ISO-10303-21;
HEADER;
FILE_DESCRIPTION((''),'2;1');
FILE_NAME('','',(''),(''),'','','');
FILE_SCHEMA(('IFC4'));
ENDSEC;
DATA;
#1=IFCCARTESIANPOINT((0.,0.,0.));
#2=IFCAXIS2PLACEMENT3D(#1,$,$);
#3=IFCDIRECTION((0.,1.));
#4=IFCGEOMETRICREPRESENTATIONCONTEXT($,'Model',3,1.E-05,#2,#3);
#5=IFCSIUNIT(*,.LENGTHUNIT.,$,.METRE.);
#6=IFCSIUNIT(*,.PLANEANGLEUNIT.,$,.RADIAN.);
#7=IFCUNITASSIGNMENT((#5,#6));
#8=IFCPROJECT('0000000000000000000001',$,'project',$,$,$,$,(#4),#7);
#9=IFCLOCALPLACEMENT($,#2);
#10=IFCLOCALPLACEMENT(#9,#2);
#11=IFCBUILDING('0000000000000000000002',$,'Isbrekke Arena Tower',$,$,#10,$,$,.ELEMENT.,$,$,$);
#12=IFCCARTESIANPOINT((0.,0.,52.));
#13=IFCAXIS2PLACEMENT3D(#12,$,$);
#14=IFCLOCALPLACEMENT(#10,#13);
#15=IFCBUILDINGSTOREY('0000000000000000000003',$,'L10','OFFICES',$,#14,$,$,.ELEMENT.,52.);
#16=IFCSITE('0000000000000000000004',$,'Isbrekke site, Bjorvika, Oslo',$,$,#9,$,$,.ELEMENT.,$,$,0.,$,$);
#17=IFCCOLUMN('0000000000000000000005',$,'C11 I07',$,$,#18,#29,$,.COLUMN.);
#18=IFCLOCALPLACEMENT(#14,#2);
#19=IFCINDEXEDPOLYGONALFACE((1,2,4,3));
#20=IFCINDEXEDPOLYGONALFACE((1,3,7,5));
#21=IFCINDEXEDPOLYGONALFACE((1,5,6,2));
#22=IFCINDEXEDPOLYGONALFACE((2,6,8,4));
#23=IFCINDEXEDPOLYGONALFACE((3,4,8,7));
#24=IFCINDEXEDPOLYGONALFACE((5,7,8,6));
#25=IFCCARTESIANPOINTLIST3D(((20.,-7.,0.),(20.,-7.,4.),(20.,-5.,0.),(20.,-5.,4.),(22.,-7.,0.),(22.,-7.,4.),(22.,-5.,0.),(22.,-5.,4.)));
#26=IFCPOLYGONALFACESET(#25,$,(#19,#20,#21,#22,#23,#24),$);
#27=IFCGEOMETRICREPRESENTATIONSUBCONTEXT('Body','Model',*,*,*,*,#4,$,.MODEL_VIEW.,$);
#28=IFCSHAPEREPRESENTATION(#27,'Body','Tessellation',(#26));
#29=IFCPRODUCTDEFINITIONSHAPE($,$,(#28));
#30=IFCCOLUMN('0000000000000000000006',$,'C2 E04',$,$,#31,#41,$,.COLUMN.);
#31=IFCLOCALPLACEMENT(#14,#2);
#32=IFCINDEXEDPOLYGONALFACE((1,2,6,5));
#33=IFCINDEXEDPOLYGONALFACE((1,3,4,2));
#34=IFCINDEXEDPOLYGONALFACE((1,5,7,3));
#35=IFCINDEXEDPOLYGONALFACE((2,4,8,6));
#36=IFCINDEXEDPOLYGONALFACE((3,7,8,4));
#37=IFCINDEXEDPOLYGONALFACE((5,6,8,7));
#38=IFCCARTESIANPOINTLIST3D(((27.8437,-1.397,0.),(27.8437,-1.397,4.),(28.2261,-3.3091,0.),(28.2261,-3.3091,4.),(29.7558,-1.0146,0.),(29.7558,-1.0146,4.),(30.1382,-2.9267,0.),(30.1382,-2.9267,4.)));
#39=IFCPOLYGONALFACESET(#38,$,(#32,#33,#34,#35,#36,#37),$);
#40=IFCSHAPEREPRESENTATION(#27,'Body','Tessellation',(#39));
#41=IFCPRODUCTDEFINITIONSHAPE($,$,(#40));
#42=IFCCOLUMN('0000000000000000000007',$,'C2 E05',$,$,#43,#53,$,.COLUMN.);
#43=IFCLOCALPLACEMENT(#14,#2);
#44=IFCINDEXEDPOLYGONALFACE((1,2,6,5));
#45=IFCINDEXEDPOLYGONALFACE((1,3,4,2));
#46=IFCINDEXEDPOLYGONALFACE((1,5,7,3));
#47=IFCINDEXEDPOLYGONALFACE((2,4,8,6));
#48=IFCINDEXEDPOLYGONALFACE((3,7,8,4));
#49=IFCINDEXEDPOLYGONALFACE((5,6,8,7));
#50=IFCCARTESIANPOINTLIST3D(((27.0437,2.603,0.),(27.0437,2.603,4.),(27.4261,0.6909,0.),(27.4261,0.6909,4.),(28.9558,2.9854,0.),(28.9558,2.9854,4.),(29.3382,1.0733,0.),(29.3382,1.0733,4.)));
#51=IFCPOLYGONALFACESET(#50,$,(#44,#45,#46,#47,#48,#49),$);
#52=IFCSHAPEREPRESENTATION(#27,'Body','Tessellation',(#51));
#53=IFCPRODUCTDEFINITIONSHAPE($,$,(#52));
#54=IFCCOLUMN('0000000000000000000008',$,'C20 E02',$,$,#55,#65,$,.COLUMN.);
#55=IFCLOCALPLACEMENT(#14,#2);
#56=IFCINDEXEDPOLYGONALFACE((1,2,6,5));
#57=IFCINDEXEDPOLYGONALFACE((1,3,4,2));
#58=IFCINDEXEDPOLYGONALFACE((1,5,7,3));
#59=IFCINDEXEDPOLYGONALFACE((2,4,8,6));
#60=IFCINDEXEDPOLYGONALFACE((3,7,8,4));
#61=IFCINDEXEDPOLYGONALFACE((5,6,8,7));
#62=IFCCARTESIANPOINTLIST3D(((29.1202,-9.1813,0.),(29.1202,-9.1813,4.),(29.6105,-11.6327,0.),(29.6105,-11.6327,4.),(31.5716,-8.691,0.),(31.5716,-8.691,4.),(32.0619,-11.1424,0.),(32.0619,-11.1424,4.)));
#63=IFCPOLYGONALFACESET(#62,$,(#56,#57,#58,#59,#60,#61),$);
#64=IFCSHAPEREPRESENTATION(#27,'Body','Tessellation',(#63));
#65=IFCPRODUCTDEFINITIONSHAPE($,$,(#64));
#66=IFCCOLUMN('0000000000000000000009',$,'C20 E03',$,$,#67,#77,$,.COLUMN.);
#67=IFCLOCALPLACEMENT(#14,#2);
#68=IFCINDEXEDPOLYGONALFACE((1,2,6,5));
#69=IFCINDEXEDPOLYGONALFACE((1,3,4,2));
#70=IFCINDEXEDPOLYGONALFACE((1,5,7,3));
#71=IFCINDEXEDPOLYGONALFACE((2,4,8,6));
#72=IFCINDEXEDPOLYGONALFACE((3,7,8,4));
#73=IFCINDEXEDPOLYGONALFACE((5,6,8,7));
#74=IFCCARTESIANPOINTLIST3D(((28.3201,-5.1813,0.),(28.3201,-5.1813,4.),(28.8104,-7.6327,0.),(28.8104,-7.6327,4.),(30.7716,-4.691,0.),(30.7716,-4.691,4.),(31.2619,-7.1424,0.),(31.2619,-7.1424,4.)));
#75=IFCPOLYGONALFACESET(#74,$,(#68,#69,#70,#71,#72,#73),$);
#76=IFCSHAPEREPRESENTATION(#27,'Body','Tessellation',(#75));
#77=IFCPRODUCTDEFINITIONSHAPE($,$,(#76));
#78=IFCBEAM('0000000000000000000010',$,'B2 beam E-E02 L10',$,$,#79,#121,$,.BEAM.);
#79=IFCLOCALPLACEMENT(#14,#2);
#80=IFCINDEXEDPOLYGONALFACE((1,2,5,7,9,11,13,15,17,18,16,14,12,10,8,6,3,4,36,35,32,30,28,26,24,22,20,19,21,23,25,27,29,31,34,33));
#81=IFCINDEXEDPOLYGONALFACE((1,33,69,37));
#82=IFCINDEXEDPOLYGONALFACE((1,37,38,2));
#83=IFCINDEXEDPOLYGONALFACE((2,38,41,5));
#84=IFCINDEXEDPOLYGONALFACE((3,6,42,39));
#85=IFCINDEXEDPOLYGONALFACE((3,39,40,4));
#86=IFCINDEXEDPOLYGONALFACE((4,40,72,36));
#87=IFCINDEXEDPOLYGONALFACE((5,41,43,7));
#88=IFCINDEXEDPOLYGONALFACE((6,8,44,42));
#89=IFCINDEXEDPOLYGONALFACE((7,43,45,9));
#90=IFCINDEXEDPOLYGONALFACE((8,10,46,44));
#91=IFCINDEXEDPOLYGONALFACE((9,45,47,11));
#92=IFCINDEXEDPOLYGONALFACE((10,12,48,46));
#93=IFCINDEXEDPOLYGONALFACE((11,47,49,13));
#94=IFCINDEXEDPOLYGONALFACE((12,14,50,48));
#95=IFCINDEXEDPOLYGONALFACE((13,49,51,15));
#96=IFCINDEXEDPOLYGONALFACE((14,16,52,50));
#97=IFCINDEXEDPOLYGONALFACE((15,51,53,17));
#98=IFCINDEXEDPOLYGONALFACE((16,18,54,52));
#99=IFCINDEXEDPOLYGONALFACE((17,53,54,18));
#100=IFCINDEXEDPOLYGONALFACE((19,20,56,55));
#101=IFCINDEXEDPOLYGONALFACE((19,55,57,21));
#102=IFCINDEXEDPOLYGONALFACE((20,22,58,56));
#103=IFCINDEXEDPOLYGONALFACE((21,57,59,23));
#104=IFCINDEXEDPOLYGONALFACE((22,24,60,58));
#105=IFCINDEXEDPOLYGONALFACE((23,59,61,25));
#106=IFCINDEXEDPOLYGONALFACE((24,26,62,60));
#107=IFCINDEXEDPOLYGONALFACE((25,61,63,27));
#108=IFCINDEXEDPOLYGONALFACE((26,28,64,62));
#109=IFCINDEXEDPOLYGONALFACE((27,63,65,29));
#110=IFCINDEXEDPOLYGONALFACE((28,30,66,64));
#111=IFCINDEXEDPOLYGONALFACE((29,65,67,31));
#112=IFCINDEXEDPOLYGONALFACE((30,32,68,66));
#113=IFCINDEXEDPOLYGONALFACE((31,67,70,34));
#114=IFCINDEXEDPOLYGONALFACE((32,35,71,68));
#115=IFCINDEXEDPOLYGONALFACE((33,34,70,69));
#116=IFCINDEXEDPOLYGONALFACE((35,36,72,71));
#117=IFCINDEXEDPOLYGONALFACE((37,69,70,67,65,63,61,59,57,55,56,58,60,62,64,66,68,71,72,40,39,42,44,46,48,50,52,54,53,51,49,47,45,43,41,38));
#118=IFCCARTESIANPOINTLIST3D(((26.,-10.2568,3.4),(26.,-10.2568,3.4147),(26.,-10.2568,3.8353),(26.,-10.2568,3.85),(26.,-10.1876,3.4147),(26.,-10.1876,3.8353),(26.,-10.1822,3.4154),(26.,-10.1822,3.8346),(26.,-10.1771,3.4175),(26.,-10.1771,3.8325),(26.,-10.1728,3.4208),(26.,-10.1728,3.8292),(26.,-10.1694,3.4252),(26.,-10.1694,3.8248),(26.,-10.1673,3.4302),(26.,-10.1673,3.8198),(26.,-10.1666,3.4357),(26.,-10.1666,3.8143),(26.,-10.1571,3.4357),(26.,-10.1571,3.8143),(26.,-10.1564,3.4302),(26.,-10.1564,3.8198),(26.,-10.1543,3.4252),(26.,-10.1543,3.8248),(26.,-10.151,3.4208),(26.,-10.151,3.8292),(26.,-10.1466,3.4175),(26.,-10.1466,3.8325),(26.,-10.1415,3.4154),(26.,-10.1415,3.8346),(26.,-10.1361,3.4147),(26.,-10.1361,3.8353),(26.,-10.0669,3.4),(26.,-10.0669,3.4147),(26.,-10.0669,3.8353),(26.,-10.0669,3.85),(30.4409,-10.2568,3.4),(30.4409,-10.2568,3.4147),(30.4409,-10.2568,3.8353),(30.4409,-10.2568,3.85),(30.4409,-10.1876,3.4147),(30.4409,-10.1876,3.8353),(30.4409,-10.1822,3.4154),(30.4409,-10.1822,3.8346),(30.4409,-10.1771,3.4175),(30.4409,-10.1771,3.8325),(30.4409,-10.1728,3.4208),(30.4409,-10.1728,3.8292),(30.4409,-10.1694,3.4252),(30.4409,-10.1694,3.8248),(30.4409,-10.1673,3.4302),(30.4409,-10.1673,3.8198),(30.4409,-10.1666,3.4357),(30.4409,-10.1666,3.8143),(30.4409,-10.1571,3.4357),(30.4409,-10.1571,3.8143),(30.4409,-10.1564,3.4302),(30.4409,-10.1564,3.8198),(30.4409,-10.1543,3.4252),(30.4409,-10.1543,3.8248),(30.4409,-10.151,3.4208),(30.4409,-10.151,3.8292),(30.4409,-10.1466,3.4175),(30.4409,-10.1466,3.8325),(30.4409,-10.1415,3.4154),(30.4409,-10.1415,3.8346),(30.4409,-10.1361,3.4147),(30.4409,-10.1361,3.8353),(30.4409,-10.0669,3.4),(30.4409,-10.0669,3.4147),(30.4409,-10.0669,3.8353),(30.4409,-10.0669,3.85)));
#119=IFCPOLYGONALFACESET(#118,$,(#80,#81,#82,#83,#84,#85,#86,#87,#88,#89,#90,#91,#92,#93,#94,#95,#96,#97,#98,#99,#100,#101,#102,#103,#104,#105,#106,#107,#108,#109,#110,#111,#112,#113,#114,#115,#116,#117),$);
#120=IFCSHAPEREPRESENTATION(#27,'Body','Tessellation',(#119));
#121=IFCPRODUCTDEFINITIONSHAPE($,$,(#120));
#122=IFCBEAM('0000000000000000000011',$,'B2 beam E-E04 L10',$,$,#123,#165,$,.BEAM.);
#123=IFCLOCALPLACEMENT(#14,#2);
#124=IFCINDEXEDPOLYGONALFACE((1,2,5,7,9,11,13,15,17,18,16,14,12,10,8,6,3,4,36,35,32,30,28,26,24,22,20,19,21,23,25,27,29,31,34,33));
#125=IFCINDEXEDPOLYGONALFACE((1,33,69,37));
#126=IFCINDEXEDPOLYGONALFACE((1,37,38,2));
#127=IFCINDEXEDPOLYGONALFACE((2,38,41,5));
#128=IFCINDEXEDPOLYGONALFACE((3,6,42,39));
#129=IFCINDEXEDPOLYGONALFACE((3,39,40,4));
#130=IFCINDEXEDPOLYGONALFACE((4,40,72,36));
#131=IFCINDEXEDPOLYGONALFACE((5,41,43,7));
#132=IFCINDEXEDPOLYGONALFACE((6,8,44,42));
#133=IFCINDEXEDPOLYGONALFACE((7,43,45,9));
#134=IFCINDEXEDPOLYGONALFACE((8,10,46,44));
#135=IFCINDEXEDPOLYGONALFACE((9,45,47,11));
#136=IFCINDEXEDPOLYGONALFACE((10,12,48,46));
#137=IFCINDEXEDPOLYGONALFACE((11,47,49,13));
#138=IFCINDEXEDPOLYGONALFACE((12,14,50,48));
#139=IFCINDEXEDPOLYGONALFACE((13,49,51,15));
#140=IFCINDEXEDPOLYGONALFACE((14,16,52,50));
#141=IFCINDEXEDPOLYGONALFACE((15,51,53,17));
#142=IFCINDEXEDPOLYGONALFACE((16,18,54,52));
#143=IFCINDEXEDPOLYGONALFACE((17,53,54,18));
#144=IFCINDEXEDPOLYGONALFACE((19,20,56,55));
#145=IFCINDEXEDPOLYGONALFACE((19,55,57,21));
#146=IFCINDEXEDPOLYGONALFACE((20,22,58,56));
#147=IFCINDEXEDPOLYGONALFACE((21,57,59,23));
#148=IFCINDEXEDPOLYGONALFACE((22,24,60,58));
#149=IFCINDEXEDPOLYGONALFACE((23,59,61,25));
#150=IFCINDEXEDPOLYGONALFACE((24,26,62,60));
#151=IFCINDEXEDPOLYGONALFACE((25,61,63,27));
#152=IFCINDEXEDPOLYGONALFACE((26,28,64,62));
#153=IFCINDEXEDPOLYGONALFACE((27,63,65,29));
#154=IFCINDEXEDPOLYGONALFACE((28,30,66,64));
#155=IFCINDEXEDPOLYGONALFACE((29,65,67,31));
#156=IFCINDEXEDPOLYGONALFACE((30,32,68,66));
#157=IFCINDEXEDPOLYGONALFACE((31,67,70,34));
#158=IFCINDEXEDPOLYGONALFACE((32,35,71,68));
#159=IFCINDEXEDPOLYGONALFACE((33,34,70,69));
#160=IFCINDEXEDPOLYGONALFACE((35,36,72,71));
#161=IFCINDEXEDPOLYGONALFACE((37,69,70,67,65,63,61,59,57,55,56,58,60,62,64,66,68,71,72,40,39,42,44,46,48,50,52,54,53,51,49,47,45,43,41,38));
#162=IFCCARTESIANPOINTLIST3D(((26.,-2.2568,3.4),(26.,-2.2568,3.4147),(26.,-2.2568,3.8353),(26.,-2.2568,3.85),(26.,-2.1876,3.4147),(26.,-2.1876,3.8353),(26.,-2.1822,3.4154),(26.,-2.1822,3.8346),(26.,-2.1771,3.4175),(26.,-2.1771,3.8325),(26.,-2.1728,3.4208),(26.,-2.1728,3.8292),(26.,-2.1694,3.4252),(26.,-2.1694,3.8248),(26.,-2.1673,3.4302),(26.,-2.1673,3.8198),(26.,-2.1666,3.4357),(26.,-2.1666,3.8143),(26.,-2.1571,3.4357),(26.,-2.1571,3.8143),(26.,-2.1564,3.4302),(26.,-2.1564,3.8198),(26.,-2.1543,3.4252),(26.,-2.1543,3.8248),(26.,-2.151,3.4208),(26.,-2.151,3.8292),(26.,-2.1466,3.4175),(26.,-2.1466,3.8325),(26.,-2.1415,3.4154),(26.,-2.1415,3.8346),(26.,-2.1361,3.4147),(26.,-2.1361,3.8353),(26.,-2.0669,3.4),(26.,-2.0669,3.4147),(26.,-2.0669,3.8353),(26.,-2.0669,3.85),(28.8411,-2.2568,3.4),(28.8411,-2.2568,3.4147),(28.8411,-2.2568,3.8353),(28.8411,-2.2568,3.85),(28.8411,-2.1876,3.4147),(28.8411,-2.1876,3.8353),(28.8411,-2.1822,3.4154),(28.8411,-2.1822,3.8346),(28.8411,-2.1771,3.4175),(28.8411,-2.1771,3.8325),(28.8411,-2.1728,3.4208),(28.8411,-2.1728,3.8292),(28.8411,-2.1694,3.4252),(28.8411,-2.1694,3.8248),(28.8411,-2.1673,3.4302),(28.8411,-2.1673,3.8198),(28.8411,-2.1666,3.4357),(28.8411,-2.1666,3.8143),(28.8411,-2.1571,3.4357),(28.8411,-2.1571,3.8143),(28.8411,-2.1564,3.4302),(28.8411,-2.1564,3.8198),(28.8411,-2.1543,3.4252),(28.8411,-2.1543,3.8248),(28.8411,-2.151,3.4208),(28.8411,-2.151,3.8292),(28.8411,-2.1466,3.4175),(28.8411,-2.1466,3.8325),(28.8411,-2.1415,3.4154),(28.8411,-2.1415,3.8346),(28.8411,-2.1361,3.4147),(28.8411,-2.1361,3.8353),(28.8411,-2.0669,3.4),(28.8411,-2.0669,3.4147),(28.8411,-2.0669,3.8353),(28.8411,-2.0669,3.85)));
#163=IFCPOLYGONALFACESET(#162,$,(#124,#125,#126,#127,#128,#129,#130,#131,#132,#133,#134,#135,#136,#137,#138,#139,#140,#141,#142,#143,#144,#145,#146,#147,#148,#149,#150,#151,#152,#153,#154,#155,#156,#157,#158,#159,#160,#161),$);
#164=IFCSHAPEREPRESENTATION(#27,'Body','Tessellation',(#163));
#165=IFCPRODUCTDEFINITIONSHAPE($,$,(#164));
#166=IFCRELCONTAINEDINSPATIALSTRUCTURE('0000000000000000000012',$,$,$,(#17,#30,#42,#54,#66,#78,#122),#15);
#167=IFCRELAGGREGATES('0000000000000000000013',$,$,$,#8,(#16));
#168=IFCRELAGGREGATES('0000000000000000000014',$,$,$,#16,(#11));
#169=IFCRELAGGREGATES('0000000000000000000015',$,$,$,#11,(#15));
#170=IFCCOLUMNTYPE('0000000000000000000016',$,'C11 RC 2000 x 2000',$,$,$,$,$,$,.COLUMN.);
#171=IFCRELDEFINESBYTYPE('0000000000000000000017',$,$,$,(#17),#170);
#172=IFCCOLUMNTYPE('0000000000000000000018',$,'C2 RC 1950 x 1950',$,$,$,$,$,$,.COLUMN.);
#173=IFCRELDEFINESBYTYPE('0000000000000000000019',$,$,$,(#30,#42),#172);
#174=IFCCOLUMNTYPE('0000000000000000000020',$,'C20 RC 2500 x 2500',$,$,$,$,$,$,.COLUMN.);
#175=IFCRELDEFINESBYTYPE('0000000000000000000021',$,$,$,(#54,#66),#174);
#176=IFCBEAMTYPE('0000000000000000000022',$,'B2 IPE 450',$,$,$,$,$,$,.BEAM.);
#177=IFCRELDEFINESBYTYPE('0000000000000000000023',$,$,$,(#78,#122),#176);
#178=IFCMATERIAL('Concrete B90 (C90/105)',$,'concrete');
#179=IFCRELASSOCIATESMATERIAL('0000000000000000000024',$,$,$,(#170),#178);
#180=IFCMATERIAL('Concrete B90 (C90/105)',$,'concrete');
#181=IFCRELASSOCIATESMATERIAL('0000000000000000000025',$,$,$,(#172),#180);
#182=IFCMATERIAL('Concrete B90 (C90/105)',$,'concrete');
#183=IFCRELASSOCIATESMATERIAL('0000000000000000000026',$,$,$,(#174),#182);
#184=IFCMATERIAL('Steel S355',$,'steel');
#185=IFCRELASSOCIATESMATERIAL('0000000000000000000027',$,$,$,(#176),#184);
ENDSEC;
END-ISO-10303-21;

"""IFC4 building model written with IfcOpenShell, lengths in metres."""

from ifc_helpers import new_model, si_unit, direction, frame, origin, origin_2d, place, context, subcontext, project, spatial, rectangle, i_section, extrude, material, material_profile, profile_set, type_object, element, save


model = new_model("IFC4")

# Units and contexts
model_context = context("Model", 3, precision=1e-05, world=origin(), true_north=direction((0.0, 1.0)))
body_context = subcontext(model_context, "Body", "Model", "MODEL_VIEW")
ifc_project = project(units=[si_unit("LENGTHUNIT", "METRE"), si_unit("PLANEANGLEUNIT", "RADIAN")], contexts=[model_context])

# Site, building, storey
site_placement = place(None, origin())
site = spatial("IfcSite", under=ifc_project, at=site_placement, Name="Isbrekke site, Bjorvika, Oslo", CompositionType="ELEMENT", RefElevation=0.0)
building_placement = place(site_placement, origin())
building = spatial("IfcBuilding", under=site, at=building_placement, Name="Isbrekke Arena Tower", CompositionType="ELEMENT")
storey_placement = place(building_placement, frame((0.0, 0.0, 52.0)))
storey = spatial("IfcBuildingStorey", under=building, at=storey_placement, Name="L10", Description="OFFICES", CompositionType="ELEMENT", Elevation=52.0)

# Columns
ifc_material_1 = material(Name="Concrete B90 (C90/105)", Category="concrete")
ifc_material_profile_1 = material_profile(ifc_material_1, rectangle(XDim=2.0, YDim=2.0, at=origin_2d()), Name="RC 2000x2000")
ifc_profile_set_1 = profile_set([ifc_material_profile_1], Name="Concrete B90 (C90/105)")
column_type_1 = type_object("IfcColumnType", Name="C11 RC 2000 x 2000", PredefinedType="COLUMN", material=ifc_profile_set_1)
column_placement = place(storey_placement, frame((21.0, -6.0, 0.0), z_axis=(0.0, 0.0, 1.0), x_axis=(1.0, 0.0, 0.0)))
element("IfcColumn", 1, at=column_placement, inside=storey, type_object=column_type_1, Name="C11 I07", PredefinedType="COLUMN", context=body_context, shape_type="SweptSolid", body=[
    extrude(rectangle(XDim=2.0, YDim=2.0, at=origin_2d()), origin(), (0.0, 0.0, 1.0), 4.0),
])
ifc_material_2 = material(Name="Concrete B90 (C90/105)", Category="concrete")
ifc_material_profile_2 = material_profile(ifc_material_2, rectangle(XDim=1.95, YDim=1.95, at=origin_2d()), Name="RC 1950x1950")
ifc_profile_set_2 = profile_set([ifc_material_profile_2], Name="Concrete B90 (C90/105)")
column_type_2 = type_object("IfcColumnType", Name="C2 RC 1950 x 1950", PredefinedType="COLUMN", material=ifc_profile_set_2)
for number, where, z_axis, x_axis, name in (
    (2, (28.991, -2.1619, 0.0), (0.0, 0.0, 1.0), (-0.196116, 0.980581, 0.0), "C2 E04"),
    (3, (28.1909, 1.8381, 0.0), (0.0, 0.0, 1.0), (-0.196116, 0.980581, 0.0), "C2 E05"),
):
    element("IfcColumn", number, at=place(storey_placement, frame(where, z_axis=z_axis, x_axis=x_axis)), inside=storey, type_object=column_type_2, Name=name, PredefinedType="COLUMN", context=body_context, shape_type="SweptSolid", body=[
        extrude(rectangle(XDim=1.95, YDim=1.95, at=origin_2d()), origin(), (0.0, 0.0, 1.0), 4.0),
    ])
ifc_material_3 = material(Name="Concrete B90 (C90/105)", Category="concrete")
ifc_material_profile_3 = material_profile(ifc_material_3, rectangle(XDim=2.5, YDim=2.5, at=origin_2d()), Name="RC 2500x2500")
ifc_profile_set_3 = profile_set([ifc_material_profile_3], Name="Concrete B90 (C90/105)")
column_type_3 = type_object("IfcColumnType", Name="C20 RC 2500 x 2500", PredefinedType="COLUMN", material=ifc_profile_set_3)
for number, where, z_axis, x_axis, name in (
    (4, (30.5911, -10.1619, 0.0), (0.0, 0.0, 1.0), (-0.196116, 0.980581, 0.0), "C20 E02"),
    (5, (29.791, -6.1619, 0.0), (0.0, 0.0, 1.0), (-0.196116, 0.980581, 0.0), "C20 E03"),
):
    element("IfcColumn", number, at=place(storey_placement, frame(where, z_axis=z_axis, x_axis=x_axis)), inside=storey, type_object=column_type_3, Name=name, PredefinedType="COLUMN", context=body_context, shape_type="SweptSolid", body=[
        extrude(rectangle(XDim=2.5, YDim=2.5, at=origin_2d()), origin(), (0.0, 0.0, 1.0), 4.0),
    ])

# Beams
ifc_material_4 = material(Name="Steel S355", Category="steel")
ifc_material_profile_4 = material_profile(ifc_material_4, i_section(OverallWidth=0.1899, OverallDepth=0.45, WebThickness=0.0095, FlangeThickness=0.0146, FilletRadius=0.021, at=origin_2d()), Name="IPE 450")
ifc_profile_set_4 = profile_set([ifc_material_profile_4], Name="Steel S355")
beam_type_1 = type_object("IfcBeamType", Name="B2 IPE 450", PredefinedType="BEAM", material=ifc_profile_set_4)
beam_1_placement = place(storey_placement, frame((30.4409, -10.1619, 3.625), z_axis=(-1.0, 0.0, 0.0), x_axis=(0.0, -1.0, 0.0)))
element("IfcBeam", 6, at=beam_1_placement, inside=storey, type_object=beam_type_1, Name="B2 beam E-E02 L10", PredefinedType="BEAM", context=body_context, shape_type="SweptSolid", body=[
    extrude(i_section(OverallWidth=0.1899, OverallDepth=0.45, WebThickness=0.0095, FlangeThickness=0.0146, FilletRadius=0.021, at=origin_2d()), origin(), (0.0, 0.0, 1.0), 4.4409),
])
beam_2_placement = place(storey_placement, frame((28.8411, -2.1619, 3.625), z_axis=(-1.0, 0.0, 0.0), x_axis=(0.0, -1.0, 0.0)))
element("IfcBeam", 7, at=beam_2_placement, inside=storey, type_object=beam_type_1, Name="B2 beam E-E04 L10", PredefinedType="BEAM", context=body_context, shape_type="SweptSolid", body=[
    extrude(i_section(OverallWidth=0.1899, OverallDepth=0.45, WebThickness=0.0095, FlangeThickness=0.0146, FilletRadius=0.021, at=origin_2d()), origin(), (0.0, 0.0, 1.0), 2.8411),
])

save(model, "model.ifc")
